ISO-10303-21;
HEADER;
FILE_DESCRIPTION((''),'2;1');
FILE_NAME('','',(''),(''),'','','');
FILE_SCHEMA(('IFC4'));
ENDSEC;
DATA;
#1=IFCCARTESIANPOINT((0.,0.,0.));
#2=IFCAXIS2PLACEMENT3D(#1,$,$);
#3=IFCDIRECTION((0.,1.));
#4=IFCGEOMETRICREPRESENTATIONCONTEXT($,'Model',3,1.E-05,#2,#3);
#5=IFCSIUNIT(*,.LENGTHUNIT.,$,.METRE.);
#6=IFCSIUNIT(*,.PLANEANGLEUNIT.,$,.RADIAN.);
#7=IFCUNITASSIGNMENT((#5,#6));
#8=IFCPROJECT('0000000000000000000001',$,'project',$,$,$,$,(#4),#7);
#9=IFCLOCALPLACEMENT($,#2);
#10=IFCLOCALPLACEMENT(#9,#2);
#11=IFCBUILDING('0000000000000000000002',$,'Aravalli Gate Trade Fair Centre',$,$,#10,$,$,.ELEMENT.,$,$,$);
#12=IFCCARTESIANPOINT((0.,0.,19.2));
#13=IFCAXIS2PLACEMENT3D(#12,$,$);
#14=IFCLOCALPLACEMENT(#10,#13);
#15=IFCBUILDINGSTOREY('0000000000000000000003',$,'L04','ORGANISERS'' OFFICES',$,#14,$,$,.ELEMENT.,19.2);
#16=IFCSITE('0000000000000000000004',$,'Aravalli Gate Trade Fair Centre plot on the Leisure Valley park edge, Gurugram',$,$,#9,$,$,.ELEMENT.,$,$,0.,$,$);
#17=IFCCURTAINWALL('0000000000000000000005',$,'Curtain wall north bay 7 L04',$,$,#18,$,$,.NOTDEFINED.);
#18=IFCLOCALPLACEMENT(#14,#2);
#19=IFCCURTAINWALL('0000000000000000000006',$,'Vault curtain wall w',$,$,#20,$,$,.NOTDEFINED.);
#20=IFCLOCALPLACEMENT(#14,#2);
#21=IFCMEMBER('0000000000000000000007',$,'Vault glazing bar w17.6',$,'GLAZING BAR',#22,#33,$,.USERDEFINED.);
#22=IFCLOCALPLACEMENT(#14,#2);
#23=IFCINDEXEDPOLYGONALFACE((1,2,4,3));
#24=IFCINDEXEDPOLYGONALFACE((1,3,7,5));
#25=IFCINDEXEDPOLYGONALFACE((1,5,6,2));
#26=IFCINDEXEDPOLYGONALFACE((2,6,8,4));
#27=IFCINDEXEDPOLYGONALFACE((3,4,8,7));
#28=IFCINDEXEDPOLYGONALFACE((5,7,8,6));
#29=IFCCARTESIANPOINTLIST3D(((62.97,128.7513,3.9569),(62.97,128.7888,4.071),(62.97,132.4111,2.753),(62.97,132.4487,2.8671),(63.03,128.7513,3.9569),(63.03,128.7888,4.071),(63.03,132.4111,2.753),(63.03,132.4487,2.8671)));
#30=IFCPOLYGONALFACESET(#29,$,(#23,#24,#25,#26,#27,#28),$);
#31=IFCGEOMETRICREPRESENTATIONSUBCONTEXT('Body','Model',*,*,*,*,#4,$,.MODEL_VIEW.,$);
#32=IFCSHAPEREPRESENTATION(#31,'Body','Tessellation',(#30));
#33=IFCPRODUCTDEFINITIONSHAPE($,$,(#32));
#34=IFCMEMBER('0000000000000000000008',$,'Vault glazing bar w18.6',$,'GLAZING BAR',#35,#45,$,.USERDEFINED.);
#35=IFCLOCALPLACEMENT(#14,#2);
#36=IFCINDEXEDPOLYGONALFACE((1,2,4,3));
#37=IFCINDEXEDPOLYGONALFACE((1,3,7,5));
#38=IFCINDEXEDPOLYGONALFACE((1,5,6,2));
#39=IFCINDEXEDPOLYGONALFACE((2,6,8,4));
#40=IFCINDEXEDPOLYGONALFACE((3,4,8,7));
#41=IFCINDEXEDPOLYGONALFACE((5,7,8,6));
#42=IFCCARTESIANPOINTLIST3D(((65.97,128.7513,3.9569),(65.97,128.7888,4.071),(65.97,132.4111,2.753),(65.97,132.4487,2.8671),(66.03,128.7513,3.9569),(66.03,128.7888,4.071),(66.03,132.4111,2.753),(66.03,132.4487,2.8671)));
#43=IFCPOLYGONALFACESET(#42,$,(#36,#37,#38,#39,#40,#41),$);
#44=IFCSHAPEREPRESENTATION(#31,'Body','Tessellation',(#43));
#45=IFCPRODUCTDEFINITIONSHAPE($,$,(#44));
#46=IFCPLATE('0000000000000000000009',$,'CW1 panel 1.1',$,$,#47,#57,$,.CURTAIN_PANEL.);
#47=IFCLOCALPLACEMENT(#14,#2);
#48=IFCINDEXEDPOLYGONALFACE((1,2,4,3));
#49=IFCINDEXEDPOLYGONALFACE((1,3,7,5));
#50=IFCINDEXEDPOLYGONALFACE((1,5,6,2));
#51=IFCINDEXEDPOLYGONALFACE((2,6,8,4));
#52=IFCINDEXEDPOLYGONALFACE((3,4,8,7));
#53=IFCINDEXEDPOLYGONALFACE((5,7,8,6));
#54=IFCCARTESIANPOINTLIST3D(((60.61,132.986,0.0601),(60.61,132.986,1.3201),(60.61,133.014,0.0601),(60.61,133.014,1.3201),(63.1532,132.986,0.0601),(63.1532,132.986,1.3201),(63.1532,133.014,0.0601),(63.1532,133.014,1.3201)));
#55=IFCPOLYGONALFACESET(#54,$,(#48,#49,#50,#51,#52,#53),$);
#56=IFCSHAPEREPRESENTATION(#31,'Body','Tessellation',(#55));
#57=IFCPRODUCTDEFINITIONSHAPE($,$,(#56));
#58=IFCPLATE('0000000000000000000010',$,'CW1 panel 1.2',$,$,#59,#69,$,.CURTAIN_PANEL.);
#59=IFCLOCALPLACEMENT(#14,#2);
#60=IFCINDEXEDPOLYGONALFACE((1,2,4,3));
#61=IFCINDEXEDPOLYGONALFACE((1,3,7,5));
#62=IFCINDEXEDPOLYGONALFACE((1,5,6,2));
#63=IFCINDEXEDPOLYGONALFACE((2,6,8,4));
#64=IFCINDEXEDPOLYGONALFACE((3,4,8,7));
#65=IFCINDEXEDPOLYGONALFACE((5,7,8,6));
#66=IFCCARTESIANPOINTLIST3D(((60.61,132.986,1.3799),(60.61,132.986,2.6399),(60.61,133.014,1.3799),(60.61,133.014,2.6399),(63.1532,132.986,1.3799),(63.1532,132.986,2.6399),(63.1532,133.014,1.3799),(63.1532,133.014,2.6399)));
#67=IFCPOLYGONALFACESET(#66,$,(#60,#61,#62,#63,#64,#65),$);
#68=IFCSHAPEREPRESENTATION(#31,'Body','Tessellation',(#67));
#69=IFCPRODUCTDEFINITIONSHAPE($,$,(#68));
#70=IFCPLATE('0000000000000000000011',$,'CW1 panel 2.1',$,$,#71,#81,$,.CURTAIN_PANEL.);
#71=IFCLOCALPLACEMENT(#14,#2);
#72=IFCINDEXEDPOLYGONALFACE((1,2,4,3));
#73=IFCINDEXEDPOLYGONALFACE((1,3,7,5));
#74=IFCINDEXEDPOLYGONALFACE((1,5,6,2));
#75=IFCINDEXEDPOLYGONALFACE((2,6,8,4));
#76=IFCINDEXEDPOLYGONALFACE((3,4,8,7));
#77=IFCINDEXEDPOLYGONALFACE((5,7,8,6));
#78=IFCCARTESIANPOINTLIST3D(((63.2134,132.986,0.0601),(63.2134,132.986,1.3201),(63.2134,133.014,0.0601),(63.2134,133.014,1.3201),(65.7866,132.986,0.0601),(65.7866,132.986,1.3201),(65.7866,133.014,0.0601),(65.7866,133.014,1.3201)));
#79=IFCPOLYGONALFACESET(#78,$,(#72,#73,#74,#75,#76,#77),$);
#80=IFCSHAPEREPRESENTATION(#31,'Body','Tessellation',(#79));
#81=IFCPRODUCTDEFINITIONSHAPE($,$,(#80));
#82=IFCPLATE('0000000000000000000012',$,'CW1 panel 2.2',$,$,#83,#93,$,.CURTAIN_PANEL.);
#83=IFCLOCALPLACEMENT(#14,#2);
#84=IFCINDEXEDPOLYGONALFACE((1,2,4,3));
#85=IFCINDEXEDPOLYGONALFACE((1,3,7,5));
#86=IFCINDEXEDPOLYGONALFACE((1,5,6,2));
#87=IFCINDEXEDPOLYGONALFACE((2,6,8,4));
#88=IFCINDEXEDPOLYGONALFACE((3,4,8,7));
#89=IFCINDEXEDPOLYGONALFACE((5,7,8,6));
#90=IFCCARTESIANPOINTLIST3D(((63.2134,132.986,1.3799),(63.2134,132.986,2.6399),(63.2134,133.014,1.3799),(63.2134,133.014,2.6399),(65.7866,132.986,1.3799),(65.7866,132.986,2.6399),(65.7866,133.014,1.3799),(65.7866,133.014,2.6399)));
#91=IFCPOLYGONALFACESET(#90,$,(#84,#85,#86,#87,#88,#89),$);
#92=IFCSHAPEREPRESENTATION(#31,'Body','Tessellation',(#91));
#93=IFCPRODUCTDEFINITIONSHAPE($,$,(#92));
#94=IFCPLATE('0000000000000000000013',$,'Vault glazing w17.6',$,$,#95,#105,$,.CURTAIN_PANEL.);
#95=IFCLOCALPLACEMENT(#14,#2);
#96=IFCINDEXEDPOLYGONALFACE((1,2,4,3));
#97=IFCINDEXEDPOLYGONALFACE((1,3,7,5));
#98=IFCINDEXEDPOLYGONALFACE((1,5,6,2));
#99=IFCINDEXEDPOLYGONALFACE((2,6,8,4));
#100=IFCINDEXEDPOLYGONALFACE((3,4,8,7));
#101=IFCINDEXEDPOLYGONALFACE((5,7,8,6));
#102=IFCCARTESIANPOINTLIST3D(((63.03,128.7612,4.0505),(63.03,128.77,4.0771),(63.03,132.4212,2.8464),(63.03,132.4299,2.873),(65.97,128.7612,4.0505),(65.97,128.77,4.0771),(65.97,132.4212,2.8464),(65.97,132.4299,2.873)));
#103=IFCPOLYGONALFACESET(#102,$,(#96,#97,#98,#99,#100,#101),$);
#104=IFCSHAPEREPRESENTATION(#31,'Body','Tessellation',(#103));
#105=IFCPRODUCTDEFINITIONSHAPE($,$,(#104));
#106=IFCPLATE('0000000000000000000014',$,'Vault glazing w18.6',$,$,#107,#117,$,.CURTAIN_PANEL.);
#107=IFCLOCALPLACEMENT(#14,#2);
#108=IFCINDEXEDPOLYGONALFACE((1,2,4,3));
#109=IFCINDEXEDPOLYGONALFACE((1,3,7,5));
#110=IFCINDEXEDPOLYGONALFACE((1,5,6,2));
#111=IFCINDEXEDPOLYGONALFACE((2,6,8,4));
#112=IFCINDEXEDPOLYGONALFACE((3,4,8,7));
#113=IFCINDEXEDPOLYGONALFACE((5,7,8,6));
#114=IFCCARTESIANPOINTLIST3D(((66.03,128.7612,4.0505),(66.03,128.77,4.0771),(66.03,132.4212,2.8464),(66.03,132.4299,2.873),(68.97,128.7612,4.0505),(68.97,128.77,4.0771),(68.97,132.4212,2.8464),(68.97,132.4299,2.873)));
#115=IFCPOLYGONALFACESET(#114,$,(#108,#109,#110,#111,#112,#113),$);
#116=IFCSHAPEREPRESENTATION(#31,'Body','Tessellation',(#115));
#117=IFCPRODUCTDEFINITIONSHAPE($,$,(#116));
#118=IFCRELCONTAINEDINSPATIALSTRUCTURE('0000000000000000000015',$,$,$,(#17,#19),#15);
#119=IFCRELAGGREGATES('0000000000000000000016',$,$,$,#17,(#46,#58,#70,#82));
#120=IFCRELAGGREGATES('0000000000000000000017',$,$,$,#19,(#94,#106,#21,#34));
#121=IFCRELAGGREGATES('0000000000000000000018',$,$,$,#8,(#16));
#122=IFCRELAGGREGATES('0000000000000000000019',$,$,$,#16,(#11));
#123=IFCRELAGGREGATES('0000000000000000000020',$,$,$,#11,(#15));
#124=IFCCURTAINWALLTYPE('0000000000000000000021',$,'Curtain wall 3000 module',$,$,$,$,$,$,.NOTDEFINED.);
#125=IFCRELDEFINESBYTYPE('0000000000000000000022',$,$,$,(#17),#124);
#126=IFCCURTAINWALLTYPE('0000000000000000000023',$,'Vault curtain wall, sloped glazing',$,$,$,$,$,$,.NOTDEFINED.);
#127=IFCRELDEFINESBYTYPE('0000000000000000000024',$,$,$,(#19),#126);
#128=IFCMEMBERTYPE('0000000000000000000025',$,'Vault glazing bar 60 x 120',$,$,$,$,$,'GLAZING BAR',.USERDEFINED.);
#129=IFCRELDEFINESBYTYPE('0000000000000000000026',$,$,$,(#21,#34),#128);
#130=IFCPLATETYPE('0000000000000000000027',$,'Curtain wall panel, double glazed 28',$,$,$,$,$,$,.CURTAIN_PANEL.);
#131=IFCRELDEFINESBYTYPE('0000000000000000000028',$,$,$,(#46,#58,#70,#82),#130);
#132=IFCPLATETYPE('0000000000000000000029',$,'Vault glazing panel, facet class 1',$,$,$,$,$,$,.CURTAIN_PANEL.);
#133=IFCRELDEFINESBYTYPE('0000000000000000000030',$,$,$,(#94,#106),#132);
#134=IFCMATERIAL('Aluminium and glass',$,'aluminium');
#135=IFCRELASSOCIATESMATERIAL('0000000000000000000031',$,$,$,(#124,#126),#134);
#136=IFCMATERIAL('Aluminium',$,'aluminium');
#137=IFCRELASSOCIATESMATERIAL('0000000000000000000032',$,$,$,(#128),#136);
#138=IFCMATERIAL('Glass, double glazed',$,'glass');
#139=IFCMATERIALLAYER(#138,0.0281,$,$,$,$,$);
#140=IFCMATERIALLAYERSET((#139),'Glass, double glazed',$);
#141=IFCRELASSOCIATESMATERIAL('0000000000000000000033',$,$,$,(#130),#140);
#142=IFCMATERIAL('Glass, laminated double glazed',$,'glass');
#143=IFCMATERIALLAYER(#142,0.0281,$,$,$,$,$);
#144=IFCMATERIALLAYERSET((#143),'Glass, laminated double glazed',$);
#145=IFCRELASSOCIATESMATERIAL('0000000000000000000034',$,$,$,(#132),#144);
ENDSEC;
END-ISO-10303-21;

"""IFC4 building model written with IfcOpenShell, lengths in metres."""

from ifc_helpers import new_model, si_unit, direction, frame, origin, origin_2d, place, context, subcontext, project, spatial, polyline, rectangle, outline, extrude, material, layer, layer_set, material_profile, profile_set, type_object, element, aggregate, save


model = new_model("IFC4")

# Units and contexts
model_context = context("Model", 3, precision=1e-05, world=origin(), true_north=direction((0.0, 1.0)))
body_context = subcontext(model_context, "Body", "Model", "MODEL_VIEW")
ifc_project = project(units=[si_unit("LENGTHUNIT", "METRE"), si_unit("PLANEANGLEUNIT", "RADIAN")], contexts=[model_context])

# Site, building, storey
site_placement = place(None, origin())
site = spatial("IfcSite", under=ifc_project, at=site_placement, Name="Aravalli Gate Trade Fair Centre plot on the Leisure Valley park edge, Gurugram", CompositionType="ELEMENT", RefElevation=0.0)
building_placement = place(site_placement, origin())
building = spatial("IfcBuilding", under=site, at=building_placement, Name="Aravalli Gate Trade Fair Centre", CompositionType="ELEMENT")
storey_placement = place(building_placement, frame((0.0, 0.0, 19.2)))
storey = spatial("IfcBuildingStorey", under=building, at=storey_placement, Name="L04", Description="ORGANISERS' OFFICES", CompositionType="ELEMENT", Elevation=19.2)

# Curtain wall
ifc_material_1 = material(Name="Aluminium and glass", Category="aluminium")
curtain_wall_type_1 = type_object("IfcCurtainWallType", Name="Curtain wall 3000 module", PredefinedType="NOTDEFINED", material=ifc_material_1)
curtain_wall_1_placement = place(storey_placement, origin())
curtain_wall_1 = element("IfcCurtainWall", 1, at=curtain_wall_1_placement, inside=storey, type_object=curtain_wall_type_1, Name="Curtain wall north bay 7 L04", PredefinedType="NOTDEFINED")
ifc_material_2 = material(Name="Aluminium", Category="aluminium")

# Curtain wall, members
curtain_wall_type_2 = type_object("IfcCurtainWallType", Name="Vault curtain wall, sloped glazing", PredefinedType="NOTDEFINED", material=ifc_material_1)
curtain_wall_2_placement = place(storey_placement, origin())
curtain_wall_2 = element("IfcCurtainWall", 2, at=curtain_wall_2_placement, inside=storey, type_object=curtain_wall_type_2, Name="Vault curtain wall w", PredefinedType="NOTDEFINED")
ifc_material_profile_1 = material_profile(ifc_material_2, rectangle(XDim=0.0601, YDim=0.1201, at=origin_2d()), Name="Vault glazing bar 60 x 120")
ifc_profile_set_1 = profile_set([ifc_material_profile_1], Name="Aluminium")
member_type_1 = type_object("IfcMemberType", Name="Vault glazing bar 60 x 120", ElementType="GLAZING BAR", PredefinedType="USERDEFINED", material=ifc_profile_set_1)
member_1_placement = place(storey_placement, frame((63.0, 128.77, 4.0139), z_axis=(0.0, 0.94993, -0.312461), x_axis=(-1.0, 0.0, 0.0)))
member_1 = element("IfcMember", 3, at=member_1_placement, type_object=member_type_1, Name="Vault glazing bar w17.6", ObjectType="GLAZING BAR", PredefinedType="USERDEFINED", context=body_context, shape_type="SweptSolid", body=[
    extrude(rectangle(XDim=0.0601, YDim=0.1201, at=origin_2d()), origin(), (0.0, 0.0, 1.0), 3.8528),
])
member_2_placement = place(storey_placement, frame((66.0, 128.77, 4.0139), z_axis=(0.0, 0.94993, -0.312461), x_axis=(-1.0, 0.0, 0.0)))
member_2 = element("IfcMember", 4, at=member_2_placement, type_object=member_type_1, Name="Vault glazing bar w18.6", ObjectType="GLAZING BAR", PredefinedType="USERDEFINED", context=body_context, shape_type="SweptSolid", body=[
    extrude(rectangle(XDim=0.0601, YDim=0.1201, at=origin_2d()), origin(), (0.0, 0.0, 1.0), 3.8528),
])

# Plates
ifc_material_3 = material(Name="Glass, double glazed", Category="glass")
ifc_layer_1 = layer(ifc_material_3, 0.0281)
ifc_layer_set_1 = layer_set([ifc_layer_1], Name="Glass, double glazed")
plate_type_1 = type_object("IfcPlateType", Name="Curtain wall panel, double glazed 28", PredefinedType="CURTAIN_PANEL", material=ifc_layer_set_1)
plate_1_placement = place(storey_placement, frame((61.8816, 133.0, 0.0601), z_axis=(0.0, 0.0, 1.0), x_axis=(1.0, 0.0, 0.0)))
plate_1 = element("IfcPlate", 5, at=plate_1_placement, type_object=plate_type_1, Name="CW1 panel 1.1", PredefinedType="CURTAIN_PANEL", context=body_context, shape_type="SweptSolid", body=[
    extrude(rectangle(XDim=2.5432, YDim=0.0281, at=origin_2d()), origin(), (0.0, 0.0, 1.0), 1.26),
])
plate_2_placement = place(storey_placement, frame((61.8816, 133.0, 1.3799), z_axis=(0.0, 0.0, 1.0), x_axis=(1.0, 0.0, 0.0)))
plate_2 = element("IfcPlate", 6, at=plate_2_placement, type_object=plate_type_1, Name="CW1 panel 1.2", PredefinedType="CURTAIN_PANEL", context=body_context, shape_type="SweptSolid", body=[
    extrude(rectangle(XDim=2.5432, YDim=0.0281, at=origin_2d()), origin(), (0.0, 0.0, 1.0), 1.26),
])
plate_3_placement = place(storey_placement, frame((64.5, 133.0, 0.0601), z_axis=(0.0, 0.0, 1.0), x_axis=(1.0, 0.0, 0.0)))
plate_3 = element("IfcPlate", 7, at=plate_3_placement, type_object=plate_type_1, Name="CW1 panel 2.1", PredefinedType="CURTAIN_PANEL", context=body_context, shape_type="SweptSolid", body=[
    extrude(rectangle(XDim=2.5732, YDim=0.0281, at=origin_2d()), origin(), (0.0, 0.0, 1.0), 1.26),
])
plate_4_placement = place(storey_placement, frame((64.5, 133.0, 1.3799), z_axis=(0.0, 0.0, 1.0), x_axis=(1.0, 0.0, 0.0)))
plate_4 = element("IfcPlate", 8, at=plate_4_placement, type_object=plate_type_1, Name="CW1 panel 2.2", PredefinedType="CURTAIN_PANEL", context=body_context, shape_type="SweptSolid", body=[
    extrude(rectangle(XDim=2.5732, YDim=0.0281, at=origin_2d()), origin(), (0.0, 0.0, 1.0), 1.26),
])
aggregate(curtain_wall_1, [plate_1, plate_2, plate_3, plate_4])
ifc_material_4 = material(Name="Glass, laminated double glazed", Category="glass")
ifc_layer_2 = layer(ifc_material_4, 0.0281)
ifc_layer_set_2 = layer_set([ifc_layer_2], Name="Glass, laminated double glazed")
plate_type_2 = type_object("IfcPlateType", Name="Vault glazing panel, facet class 1", PredefinedType="CURTAIN_PANEL", material=ifc_layer_set_2)
plate_5_placement = place(storey_placement, frame((63.03, 128.77, 4.0771), z_axis=(0.0, 0.312518, 0.949912), x_axis=(1.0, 0.0, 0.0)))
plate_5 = element("IfcPlate", 9, at=plate_5_placement, type_object=plate_type_2, Name="Vault glazing w17.6", PredefinedType="CURTAIN_PANEL", context=body_context, shape_type="SweptSolid", body=[
    extrude(outline(polyline([(0.0, 0.0), (2.9399, 0.0), (2.9399, 3.8529), (0.0, 3.8529), (0.0, 0.0)])), origin(), (0.0, 0.0, -1.0), 0.0281),
])
plate_6_placement = place(storey_placement, frame((66.03, 128.77, 4.0771), z_axis=(0.0, 0.312518, 0.949912), x_axis=(1.0, 0.0, 0.0)))
plate_6 = element("IfcPlate", 10, at=plate_6_placement, type_object=plate_type_2, Name="Vault glazing w18.6", PredefinedType="CURTAIN_PANEL", context=body_context, shape_type="SweptSolid", body=[
    extrude(outline(polyline([(0.0, 0.0), (2.9399, 0.0), (2.9399, 3.8529), (0.0, 3.8529), (0.0, 0.0)])), origin(), (0.0, 0.0, -1.0), 0.0281),
])
aggregate(curtain_wall_2, [plate_5, plate_6, member_1, member_2])

save(model, "model.ifc")
